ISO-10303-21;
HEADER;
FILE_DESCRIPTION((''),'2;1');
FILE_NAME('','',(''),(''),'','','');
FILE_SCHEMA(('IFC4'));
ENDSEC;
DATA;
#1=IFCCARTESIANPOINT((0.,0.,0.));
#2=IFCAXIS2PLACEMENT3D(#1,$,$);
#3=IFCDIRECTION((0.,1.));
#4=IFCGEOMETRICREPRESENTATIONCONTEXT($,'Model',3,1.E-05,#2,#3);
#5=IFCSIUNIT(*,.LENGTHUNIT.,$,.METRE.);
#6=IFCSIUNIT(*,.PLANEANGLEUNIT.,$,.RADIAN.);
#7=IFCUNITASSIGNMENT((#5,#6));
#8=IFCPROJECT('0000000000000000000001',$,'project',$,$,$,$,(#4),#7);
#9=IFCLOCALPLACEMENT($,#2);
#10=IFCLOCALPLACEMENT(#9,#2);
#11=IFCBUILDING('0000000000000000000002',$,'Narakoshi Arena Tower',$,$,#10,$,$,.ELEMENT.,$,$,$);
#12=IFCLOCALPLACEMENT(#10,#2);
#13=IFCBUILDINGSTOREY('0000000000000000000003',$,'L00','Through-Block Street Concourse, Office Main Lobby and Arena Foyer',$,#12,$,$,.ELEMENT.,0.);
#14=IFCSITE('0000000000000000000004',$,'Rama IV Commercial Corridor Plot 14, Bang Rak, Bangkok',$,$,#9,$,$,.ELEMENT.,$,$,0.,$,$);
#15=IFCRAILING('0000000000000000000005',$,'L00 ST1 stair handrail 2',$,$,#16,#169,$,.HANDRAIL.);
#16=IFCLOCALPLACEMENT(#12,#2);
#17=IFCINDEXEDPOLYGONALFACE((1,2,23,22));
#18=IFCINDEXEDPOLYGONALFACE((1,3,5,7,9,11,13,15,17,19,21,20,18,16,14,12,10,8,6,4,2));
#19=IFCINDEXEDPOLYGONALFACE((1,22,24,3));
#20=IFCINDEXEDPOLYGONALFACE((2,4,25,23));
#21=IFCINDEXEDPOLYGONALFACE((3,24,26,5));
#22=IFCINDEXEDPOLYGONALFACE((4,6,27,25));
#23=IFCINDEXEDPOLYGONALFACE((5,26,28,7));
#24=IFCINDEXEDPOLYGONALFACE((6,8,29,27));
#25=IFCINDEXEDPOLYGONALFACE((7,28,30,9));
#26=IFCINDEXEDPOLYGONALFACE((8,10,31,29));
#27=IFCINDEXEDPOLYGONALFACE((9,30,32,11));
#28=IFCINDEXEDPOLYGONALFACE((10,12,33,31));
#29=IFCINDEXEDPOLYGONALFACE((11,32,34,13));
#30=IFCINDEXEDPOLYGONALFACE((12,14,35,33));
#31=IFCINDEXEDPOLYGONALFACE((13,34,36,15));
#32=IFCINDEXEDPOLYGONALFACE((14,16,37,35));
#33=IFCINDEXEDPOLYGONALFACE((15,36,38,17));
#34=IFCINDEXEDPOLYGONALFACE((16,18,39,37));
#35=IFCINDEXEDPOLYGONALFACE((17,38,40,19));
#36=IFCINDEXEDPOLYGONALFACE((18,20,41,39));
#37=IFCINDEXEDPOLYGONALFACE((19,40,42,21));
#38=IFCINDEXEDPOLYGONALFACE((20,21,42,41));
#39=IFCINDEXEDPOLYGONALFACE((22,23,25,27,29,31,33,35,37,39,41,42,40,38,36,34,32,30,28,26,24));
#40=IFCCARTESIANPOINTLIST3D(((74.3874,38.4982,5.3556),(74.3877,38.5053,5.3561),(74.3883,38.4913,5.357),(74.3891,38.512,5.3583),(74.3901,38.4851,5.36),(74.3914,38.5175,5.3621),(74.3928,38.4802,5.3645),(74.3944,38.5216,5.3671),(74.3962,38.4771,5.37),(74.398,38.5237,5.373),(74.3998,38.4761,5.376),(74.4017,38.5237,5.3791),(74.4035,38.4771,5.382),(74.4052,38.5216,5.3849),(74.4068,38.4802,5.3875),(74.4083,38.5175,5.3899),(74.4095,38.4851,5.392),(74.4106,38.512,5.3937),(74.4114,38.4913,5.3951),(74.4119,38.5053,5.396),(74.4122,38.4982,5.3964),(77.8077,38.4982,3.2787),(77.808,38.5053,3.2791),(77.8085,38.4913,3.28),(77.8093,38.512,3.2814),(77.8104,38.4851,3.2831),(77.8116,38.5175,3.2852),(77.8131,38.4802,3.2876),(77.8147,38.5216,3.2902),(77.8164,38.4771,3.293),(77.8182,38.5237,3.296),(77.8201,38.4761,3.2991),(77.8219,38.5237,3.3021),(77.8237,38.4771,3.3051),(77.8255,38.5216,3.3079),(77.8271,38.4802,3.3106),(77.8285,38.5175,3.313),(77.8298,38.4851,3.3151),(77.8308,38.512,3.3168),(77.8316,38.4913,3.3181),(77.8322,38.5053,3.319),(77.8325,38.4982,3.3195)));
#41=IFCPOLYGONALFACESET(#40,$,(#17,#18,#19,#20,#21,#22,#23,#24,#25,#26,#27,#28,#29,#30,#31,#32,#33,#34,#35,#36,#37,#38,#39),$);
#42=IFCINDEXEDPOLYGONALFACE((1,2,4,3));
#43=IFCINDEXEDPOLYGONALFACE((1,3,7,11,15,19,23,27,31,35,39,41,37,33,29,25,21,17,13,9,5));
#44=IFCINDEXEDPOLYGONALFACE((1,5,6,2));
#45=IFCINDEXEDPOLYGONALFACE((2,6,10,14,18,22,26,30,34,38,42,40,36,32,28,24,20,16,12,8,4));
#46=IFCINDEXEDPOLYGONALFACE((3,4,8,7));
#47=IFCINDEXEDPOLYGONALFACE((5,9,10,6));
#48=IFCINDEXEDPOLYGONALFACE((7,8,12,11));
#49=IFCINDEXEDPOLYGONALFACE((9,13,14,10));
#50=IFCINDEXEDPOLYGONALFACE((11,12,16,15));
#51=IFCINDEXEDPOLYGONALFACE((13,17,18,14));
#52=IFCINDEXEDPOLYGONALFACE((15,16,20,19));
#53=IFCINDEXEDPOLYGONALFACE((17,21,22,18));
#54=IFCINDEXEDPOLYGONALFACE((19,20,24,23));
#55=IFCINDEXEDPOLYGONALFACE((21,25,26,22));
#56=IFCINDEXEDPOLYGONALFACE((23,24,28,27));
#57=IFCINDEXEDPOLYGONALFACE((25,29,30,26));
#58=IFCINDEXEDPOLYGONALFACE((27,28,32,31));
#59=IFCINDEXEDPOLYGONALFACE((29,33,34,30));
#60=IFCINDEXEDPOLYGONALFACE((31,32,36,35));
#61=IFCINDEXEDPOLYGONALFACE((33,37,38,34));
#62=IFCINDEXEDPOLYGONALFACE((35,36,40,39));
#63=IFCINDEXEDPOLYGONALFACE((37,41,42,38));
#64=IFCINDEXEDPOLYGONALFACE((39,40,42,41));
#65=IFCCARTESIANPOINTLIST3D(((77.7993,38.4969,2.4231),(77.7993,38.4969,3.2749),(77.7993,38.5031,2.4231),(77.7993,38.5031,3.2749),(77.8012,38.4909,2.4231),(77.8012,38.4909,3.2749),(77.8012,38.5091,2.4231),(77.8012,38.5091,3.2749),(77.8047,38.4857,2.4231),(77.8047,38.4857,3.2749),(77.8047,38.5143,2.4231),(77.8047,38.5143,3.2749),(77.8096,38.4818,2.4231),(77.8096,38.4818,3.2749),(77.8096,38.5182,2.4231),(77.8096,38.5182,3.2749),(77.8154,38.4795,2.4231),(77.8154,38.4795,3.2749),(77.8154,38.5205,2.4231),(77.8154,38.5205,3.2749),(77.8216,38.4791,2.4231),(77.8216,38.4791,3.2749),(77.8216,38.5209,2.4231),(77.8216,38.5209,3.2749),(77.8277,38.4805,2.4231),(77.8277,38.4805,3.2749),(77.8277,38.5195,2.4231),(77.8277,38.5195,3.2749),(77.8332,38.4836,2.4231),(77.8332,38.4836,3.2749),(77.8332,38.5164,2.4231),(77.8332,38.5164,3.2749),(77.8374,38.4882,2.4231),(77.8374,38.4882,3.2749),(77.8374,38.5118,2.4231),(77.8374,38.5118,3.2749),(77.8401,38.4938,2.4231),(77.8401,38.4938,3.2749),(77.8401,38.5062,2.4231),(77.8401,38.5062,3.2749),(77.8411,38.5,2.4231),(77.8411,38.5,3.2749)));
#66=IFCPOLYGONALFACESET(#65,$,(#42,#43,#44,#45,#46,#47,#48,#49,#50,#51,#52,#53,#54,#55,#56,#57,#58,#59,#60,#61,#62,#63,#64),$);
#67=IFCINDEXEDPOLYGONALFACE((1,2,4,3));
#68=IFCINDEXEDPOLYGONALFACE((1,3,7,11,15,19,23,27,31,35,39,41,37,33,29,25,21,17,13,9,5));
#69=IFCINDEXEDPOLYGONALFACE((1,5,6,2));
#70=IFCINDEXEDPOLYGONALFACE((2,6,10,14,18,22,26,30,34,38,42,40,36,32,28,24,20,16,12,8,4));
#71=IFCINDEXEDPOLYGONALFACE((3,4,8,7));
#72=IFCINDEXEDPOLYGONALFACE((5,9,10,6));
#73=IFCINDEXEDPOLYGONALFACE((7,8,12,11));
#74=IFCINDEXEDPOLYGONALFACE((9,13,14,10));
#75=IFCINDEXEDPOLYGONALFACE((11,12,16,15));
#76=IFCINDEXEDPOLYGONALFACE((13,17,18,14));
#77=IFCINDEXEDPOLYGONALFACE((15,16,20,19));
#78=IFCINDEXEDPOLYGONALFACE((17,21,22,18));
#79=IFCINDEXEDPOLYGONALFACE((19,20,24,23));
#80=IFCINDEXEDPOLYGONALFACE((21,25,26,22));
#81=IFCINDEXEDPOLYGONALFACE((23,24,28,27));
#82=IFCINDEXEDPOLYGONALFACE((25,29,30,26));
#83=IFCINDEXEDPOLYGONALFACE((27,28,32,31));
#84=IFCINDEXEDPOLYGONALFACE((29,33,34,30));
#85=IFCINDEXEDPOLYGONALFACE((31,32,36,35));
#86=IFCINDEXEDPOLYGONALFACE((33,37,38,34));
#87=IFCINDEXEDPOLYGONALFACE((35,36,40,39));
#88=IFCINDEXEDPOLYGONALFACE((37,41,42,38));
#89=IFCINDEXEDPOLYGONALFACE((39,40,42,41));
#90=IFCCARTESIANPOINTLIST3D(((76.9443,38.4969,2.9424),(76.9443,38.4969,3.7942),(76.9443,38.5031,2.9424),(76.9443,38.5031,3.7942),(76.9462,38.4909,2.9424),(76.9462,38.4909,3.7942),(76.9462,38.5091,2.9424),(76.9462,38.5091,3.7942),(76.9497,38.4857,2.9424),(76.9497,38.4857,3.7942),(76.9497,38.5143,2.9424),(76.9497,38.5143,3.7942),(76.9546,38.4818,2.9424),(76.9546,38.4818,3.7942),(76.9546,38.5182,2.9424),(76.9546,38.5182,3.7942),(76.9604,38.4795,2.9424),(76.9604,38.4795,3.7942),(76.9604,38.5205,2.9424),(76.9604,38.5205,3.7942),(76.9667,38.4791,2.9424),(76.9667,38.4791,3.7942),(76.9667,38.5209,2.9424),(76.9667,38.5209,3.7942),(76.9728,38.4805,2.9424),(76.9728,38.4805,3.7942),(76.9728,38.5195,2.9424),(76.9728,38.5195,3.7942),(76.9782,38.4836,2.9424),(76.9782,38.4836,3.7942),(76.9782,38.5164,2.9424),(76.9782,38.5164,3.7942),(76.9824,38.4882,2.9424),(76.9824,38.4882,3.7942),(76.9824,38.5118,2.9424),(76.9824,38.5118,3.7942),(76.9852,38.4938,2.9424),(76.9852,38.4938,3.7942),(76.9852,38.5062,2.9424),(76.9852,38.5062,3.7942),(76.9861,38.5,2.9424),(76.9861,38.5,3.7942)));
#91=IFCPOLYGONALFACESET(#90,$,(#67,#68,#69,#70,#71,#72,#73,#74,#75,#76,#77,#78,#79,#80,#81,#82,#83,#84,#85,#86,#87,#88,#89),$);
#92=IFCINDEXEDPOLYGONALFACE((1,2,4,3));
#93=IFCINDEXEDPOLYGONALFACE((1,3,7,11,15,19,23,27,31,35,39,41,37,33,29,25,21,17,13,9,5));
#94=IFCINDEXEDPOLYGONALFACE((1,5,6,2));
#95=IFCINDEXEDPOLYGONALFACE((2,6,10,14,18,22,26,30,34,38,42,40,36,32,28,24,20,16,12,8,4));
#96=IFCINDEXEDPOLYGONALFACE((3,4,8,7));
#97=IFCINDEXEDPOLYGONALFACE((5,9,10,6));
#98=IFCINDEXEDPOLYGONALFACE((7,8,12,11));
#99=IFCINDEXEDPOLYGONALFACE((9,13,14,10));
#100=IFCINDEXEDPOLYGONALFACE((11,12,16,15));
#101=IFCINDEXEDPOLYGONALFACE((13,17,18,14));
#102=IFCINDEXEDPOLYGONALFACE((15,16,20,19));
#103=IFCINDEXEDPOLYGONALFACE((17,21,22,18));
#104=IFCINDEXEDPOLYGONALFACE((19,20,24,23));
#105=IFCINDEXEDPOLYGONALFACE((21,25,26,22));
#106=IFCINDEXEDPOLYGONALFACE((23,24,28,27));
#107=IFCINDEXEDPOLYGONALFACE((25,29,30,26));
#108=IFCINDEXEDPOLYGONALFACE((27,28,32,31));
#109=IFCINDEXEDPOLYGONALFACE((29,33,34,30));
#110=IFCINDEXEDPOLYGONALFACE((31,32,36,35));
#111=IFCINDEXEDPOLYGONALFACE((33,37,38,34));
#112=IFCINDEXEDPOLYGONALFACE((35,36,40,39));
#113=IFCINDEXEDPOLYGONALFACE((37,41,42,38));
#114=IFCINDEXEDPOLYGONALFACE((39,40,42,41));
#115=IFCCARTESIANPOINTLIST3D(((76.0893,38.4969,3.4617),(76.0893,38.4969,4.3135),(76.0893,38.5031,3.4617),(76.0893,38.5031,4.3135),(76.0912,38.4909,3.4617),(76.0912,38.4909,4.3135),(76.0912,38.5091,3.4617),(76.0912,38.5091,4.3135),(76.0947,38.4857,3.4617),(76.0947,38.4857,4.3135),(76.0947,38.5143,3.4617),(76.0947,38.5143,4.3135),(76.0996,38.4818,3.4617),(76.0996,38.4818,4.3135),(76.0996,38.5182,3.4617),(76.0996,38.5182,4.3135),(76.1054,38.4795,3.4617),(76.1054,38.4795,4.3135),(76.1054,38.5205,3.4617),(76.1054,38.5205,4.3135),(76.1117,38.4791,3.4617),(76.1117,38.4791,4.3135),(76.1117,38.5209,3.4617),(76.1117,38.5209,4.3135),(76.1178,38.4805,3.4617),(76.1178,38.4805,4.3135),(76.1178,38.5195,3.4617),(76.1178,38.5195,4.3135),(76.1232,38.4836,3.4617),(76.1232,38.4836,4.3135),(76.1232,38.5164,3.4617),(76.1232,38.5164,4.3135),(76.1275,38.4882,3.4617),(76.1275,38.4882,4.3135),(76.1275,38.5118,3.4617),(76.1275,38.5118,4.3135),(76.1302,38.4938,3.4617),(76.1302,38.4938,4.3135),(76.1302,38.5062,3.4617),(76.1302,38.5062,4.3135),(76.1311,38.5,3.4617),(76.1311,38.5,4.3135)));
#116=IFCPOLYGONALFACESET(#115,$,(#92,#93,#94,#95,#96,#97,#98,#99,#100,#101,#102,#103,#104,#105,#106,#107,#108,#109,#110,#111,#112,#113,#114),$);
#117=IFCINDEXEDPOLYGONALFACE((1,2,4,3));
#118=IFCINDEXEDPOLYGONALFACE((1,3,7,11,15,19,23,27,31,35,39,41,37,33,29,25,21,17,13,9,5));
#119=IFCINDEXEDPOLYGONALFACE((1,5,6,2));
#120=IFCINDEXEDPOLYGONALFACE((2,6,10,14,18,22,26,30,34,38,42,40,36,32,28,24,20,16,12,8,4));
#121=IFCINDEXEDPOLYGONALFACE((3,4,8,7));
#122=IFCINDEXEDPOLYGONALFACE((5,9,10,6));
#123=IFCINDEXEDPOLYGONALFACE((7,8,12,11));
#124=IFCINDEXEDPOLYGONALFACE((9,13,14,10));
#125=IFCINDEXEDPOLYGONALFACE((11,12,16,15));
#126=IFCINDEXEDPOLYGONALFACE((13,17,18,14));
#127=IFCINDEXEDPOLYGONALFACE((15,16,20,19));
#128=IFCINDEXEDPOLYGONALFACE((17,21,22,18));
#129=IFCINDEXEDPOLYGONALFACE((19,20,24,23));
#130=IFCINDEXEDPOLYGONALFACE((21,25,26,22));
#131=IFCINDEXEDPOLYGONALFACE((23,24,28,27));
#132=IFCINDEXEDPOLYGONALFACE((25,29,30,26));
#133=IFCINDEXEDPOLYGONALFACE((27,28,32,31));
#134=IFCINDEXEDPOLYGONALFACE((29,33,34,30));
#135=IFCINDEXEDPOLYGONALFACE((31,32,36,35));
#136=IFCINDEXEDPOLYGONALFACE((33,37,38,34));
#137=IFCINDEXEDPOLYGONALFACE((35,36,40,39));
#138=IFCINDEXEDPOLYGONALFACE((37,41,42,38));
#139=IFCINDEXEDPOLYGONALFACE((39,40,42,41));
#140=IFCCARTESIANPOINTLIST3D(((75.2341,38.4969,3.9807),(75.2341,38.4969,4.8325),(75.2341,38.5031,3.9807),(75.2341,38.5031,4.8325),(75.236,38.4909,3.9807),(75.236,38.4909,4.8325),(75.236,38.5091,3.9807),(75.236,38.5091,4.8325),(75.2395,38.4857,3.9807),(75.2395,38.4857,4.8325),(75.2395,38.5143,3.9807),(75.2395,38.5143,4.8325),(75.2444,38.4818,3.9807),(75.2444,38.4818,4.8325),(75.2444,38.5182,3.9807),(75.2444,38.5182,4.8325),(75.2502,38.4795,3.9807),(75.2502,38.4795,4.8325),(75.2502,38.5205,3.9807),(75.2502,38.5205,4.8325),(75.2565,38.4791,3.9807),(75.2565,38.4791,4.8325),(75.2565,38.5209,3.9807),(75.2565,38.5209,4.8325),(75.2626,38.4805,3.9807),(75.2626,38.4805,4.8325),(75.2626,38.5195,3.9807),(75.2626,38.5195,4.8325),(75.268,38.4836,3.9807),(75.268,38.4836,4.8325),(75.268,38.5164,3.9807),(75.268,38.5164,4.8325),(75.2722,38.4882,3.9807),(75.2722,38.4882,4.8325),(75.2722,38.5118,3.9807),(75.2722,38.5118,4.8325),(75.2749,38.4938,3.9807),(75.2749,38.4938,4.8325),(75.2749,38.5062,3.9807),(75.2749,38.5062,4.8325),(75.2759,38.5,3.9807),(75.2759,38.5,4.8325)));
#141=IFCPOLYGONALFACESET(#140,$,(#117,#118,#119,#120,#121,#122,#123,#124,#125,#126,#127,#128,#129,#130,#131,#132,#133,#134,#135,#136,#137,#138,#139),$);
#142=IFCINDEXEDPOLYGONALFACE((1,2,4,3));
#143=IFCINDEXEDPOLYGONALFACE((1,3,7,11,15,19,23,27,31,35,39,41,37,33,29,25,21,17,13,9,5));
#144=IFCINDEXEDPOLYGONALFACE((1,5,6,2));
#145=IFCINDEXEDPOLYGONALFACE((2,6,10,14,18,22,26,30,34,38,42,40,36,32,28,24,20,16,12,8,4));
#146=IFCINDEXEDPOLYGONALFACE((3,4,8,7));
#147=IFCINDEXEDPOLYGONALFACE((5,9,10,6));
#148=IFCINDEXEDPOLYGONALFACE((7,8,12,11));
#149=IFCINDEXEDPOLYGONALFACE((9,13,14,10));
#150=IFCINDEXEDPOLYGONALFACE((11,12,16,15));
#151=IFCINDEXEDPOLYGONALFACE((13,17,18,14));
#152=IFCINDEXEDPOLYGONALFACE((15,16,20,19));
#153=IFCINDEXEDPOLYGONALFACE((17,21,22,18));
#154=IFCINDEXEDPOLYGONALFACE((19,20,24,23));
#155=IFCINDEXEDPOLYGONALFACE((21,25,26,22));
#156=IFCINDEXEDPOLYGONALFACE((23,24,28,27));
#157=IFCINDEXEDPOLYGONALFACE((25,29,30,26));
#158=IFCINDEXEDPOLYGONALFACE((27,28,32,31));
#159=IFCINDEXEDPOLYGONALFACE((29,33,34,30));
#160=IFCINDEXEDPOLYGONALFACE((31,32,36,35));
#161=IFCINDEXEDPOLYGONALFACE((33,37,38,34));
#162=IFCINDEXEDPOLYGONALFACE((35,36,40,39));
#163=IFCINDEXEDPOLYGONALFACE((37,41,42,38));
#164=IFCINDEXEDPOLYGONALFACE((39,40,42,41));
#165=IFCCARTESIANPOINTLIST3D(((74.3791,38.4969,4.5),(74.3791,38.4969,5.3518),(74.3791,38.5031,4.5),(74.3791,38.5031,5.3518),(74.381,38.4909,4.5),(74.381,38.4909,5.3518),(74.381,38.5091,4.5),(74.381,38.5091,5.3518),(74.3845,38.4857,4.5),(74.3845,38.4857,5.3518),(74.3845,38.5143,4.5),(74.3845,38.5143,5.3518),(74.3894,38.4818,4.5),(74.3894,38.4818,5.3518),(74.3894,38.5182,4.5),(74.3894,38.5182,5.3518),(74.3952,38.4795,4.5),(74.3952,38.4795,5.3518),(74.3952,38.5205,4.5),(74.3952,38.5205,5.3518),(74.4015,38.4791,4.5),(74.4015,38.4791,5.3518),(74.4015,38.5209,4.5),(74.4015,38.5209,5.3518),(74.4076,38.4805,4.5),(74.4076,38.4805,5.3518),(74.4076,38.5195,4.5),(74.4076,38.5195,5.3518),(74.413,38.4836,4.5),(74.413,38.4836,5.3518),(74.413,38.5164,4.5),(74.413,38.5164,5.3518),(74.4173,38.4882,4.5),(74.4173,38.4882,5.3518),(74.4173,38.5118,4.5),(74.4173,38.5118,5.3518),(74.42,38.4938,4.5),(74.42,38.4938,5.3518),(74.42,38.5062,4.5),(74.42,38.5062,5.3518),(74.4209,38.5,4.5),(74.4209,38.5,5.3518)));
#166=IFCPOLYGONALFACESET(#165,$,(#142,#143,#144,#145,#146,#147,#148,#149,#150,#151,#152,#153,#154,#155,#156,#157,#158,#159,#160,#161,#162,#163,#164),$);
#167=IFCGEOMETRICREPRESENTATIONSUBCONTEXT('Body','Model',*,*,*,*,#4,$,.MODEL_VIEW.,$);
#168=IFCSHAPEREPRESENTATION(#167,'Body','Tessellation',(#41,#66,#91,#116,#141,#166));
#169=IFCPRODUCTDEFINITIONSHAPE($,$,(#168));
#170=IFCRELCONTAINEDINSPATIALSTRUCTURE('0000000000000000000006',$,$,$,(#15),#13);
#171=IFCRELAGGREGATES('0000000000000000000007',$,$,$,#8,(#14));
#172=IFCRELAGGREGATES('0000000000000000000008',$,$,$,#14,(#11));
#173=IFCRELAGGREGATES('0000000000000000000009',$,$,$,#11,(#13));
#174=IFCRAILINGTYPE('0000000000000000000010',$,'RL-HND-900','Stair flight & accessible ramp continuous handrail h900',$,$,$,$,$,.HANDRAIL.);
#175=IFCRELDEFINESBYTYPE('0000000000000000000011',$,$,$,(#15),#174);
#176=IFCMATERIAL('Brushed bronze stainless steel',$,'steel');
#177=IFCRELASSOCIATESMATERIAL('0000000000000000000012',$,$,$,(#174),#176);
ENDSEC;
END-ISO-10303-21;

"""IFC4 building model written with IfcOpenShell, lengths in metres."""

from ifc_helpers import new_model, si_unit, direction, frame, origin, origin_2d, place, context, subcontext, project, spatial, circle, extrude, material, type_object, element, save


model = new_model("IFC4")

# Units and contexts
model_context = context("Model", 3, precision=1e-05, world=origin(), true_north=direction((0.0, 1.0)))
body_context = subcontext(model_context, "Body", "Model", "MODEL_VIEW")
ifc_project = project(units=[si_unit("LENGTHUNIT", "METRE"), si_unit("PLANEANGLEUNIT", "RADIAN")], contexts=[model_context])

# Site, building, storey
site_placement = place(None, origin())
site = spatial("IfcSite", under=ifc_project, at=site_placement, Name="Rama IV Commercial Corridor Plot 14, Bang Rak, Bangkok", CompositionType="ELEMENT", RefElevation=0.0)
building_placement = place(site_placement, origin())
building = spatial("IfcBuilding", under=site, at=building_placement, Name="Narakoshi Arena Tower", CompositionType="ELEMENT")
storey_placement = place(building_placement, origin())
storey = spatial("IfcBuildingStorey", under=building, at=storey_placement, Name="L00", Description="Through-Block Street Concourse, Office Main Lobby and Arena Foyer", CompositionType="ELEMENT", Elevation=0.0)

# Shared definitions
ifc_material_1 = material(Name="Brushed bronze stainless steel", Category="steel")

# Railing
railing_type_1 = type_object("IfcRailingType", Name="RL-HND-900", Description="Stair flight & accessible ramp continuous handrail h900", PredefinedType="HANDRAIL", material=ifc_material_1)
for number, where, name in (
    (1, (77.8201, 38.5, 2.4231), "L00 ST1 stair handrail 2"),
):
    element("IfcRailing", number, at=place(storey_placement, frame(where)), inside=storey, type_object=railing_type_1, Name=name, PredefinedType="HANDRAIL", context=body_context, shape_type="SweptSolid", body=[
        extrude(circle(Radius=0.0239, at=origin_2d()), frame((0.0, 0.0, 0.876), z_axis=(-0.854746, 0.0, 0.519047), x_axis=(0.0, -1.0, 0.0)), (0.0, 0.0, 1.0), 4.0015),
        extrude(circle(Radius=0.021, at=origin_2d()), origin(), (0.0, 0.0, 1.0), 0.8518),
        extrude(circle(Radius=0.021, at=origin_2d()), frame((-0.855, 0.0, 0.5193)), (0.0, 0.0, 1.0), 0.8518),
        extrude(circle(Radius=0.021, at=origin_2d()), frame((-1.71, 0.0, 1.0386)), (0.0, 0.0, 1.0), 0.8518),
        extrude(circle(Radius=0.021, at=origin_2d()), frame((-2.5652, 0.0, 1.5576)), (0.0, 0.0, 1.0), 0.8518),
        extrude(circle(Radius=0.021, at=origin_2d()), frame((-3.4202, 0.0, 2.0769)), (0.0, 0.0, 1.0), 0.8518),
    ])

save(model, "model.ifc")
